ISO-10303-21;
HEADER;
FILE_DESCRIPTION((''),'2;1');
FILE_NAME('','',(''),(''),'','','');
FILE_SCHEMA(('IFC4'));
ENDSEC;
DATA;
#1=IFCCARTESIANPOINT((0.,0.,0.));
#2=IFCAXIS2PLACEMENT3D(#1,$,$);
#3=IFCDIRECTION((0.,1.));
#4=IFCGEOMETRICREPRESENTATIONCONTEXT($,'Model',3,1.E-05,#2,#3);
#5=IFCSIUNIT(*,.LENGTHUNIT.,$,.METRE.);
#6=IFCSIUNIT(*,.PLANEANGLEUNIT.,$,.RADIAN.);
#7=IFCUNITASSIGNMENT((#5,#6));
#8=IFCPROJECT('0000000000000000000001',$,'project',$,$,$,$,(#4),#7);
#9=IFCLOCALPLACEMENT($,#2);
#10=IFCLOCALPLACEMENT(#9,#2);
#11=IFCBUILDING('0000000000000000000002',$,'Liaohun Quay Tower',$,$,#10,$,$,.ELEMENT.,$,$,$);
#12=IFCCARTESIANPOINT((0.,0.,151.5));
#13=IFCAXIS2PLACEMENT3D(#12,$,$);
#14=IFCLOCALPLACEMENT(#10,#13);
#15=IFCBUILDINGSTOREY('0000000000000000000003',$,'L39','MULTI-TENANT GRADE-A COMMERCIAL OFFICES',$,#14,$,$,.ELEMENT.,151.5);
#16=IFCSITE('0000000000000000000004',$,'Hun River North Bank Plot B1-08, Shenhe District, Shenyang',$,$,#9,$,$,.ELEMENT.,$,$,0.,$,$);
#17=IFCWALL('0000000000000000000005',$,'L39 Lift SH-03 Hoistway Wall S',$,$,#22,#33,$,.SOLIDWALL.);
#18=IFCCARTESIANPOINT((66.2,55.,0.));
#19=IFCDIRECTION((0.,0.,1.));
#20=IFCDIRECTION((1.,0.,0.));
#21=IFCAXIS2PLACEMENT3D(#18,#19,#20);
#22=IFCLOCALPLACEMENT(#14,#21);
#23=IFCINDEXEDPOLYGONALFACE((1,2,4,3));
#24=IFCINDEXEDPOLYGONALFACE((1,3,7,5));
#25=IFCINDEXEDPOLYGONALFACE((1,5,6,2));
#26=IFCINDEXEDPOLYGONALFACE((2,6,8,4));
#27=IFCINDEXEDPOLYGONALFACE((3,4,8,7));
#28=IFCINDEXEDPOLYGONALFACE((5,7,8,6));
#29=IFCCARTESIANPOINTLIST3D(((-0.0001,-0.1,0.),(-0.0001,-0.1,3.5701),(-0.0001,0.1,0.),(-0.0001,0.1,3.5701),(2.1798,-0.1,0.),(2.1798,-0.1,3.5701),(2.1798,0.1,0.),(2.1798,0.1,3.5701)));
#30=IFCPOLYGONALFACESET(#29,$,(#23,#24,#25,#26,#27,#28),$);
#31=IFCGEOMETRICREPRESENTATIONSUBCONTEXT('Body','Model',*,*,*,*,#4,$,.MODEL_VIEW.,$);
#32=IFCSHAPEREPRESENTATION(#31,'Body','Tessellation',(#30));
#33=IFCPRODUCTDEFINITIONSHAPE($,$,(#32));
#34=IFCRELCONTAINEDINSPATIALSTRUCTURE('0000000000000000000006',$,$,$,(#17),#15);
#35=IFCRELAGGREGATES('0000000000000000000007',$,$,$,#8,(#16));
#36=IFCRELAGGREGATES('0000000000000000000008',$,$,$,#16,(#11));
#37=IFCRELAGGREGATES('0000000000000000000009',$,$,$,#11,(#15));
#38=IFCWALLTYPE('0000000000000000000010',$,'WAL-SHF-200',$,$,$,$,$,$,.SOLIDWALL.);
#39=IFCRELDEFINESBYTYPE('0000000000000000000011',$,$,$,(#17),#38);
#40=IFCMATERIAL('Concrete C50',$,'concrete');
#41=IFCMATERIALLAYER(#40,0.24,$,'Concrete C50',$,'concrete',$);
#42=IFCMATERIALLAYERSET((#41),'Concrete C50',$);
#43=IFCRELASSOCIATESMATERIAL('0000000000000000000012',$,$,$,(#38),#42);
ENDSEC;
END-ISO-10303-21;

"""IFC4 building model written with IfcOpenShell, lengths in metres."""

from ifc_helpers import new_model, si_unit, direction, frame, frame_2d, origin, place, context, subcontext, project, spatial, rectangle, extrude, material, layer, layer_set, type_object, element, save


model = new_model("IFC4")

# Units and contexts
model_context = context("Model", 3, precision=1e-05, world=origin(), true_north=direction((0.0, 1.0)))
body_context = subcontext(model_context, "Body", "Model", "MODEL_VIEW")
ifc_project = project(units=[si_unit("LENGTHUNIT", "METRE"), si_unit("PLANEANGLEUNIT", "RADIAN")], contexts=[model_context])

# Site, building, storey
site_placement = place(None, origin())
site = spatial("IfcSite", under=ifc_project, at=site_placement, Name="Hun River North Bank Plot B1-08, Shenhe District, Shenyang", CompositionType="ELEMENT", RefElevation=0.0)
building_placement = place(site_placement, origin())
building = spatial("IfcBuilding", under=site, at=building_placement, Name="Liaohun Quay Tower", CompositionType="ELEMENT")
storey_placement = place(building_placement, frame((0.0, 0.0, 151.5)))
storey = spatial("IfcBuildingStorey", under=building, at=storey_placement, Name="L39", Description="MULTI-TENANT GRADE-A COMMERCIAL OFFICES", CompositionType="ELEMENT", Elevation=151.5)

# Shared definitions
ifc_material_1 = material(Name="Concrete C50", Category="concrete")
ifc_layer_1 = layer(ifc_material_1, 0.24, Name="Concrete C50", Category="concrete")
ifc_layer_set_1 = layer_set([ifc_layer_1], Name="Concrete C50")
wall_type_1 = type_object("IfcWallType", Name="WAL-SHF-200", PredefinedType="SOLIDWALL", material=ifc_layer_set_1)

# Wall
wall_1_placement = place(storey_placement, frame((66.2, 55.0, 0.0), z_axis=(0.0, 0.0, 1.0), x_axis=(1.0, 0.0, 0.0)))
element("IfcWall", 1, at=wall_1_placement, inside=storey, type_object=wall_type_1, Name="L39 Lift SH-03 Hoistway Wall S", PredefinedType="SOLIDWALL", context=body_context, shape_type="SweptSolid", body=[
    extrude(rectangle(XDim=2.1799, YDim=0.2, at=frame_2d((1.0898, 0.0))), origin(), (0.0, 0.0, 1.0), 3.5701),
])

save(model, "model.ifc")
